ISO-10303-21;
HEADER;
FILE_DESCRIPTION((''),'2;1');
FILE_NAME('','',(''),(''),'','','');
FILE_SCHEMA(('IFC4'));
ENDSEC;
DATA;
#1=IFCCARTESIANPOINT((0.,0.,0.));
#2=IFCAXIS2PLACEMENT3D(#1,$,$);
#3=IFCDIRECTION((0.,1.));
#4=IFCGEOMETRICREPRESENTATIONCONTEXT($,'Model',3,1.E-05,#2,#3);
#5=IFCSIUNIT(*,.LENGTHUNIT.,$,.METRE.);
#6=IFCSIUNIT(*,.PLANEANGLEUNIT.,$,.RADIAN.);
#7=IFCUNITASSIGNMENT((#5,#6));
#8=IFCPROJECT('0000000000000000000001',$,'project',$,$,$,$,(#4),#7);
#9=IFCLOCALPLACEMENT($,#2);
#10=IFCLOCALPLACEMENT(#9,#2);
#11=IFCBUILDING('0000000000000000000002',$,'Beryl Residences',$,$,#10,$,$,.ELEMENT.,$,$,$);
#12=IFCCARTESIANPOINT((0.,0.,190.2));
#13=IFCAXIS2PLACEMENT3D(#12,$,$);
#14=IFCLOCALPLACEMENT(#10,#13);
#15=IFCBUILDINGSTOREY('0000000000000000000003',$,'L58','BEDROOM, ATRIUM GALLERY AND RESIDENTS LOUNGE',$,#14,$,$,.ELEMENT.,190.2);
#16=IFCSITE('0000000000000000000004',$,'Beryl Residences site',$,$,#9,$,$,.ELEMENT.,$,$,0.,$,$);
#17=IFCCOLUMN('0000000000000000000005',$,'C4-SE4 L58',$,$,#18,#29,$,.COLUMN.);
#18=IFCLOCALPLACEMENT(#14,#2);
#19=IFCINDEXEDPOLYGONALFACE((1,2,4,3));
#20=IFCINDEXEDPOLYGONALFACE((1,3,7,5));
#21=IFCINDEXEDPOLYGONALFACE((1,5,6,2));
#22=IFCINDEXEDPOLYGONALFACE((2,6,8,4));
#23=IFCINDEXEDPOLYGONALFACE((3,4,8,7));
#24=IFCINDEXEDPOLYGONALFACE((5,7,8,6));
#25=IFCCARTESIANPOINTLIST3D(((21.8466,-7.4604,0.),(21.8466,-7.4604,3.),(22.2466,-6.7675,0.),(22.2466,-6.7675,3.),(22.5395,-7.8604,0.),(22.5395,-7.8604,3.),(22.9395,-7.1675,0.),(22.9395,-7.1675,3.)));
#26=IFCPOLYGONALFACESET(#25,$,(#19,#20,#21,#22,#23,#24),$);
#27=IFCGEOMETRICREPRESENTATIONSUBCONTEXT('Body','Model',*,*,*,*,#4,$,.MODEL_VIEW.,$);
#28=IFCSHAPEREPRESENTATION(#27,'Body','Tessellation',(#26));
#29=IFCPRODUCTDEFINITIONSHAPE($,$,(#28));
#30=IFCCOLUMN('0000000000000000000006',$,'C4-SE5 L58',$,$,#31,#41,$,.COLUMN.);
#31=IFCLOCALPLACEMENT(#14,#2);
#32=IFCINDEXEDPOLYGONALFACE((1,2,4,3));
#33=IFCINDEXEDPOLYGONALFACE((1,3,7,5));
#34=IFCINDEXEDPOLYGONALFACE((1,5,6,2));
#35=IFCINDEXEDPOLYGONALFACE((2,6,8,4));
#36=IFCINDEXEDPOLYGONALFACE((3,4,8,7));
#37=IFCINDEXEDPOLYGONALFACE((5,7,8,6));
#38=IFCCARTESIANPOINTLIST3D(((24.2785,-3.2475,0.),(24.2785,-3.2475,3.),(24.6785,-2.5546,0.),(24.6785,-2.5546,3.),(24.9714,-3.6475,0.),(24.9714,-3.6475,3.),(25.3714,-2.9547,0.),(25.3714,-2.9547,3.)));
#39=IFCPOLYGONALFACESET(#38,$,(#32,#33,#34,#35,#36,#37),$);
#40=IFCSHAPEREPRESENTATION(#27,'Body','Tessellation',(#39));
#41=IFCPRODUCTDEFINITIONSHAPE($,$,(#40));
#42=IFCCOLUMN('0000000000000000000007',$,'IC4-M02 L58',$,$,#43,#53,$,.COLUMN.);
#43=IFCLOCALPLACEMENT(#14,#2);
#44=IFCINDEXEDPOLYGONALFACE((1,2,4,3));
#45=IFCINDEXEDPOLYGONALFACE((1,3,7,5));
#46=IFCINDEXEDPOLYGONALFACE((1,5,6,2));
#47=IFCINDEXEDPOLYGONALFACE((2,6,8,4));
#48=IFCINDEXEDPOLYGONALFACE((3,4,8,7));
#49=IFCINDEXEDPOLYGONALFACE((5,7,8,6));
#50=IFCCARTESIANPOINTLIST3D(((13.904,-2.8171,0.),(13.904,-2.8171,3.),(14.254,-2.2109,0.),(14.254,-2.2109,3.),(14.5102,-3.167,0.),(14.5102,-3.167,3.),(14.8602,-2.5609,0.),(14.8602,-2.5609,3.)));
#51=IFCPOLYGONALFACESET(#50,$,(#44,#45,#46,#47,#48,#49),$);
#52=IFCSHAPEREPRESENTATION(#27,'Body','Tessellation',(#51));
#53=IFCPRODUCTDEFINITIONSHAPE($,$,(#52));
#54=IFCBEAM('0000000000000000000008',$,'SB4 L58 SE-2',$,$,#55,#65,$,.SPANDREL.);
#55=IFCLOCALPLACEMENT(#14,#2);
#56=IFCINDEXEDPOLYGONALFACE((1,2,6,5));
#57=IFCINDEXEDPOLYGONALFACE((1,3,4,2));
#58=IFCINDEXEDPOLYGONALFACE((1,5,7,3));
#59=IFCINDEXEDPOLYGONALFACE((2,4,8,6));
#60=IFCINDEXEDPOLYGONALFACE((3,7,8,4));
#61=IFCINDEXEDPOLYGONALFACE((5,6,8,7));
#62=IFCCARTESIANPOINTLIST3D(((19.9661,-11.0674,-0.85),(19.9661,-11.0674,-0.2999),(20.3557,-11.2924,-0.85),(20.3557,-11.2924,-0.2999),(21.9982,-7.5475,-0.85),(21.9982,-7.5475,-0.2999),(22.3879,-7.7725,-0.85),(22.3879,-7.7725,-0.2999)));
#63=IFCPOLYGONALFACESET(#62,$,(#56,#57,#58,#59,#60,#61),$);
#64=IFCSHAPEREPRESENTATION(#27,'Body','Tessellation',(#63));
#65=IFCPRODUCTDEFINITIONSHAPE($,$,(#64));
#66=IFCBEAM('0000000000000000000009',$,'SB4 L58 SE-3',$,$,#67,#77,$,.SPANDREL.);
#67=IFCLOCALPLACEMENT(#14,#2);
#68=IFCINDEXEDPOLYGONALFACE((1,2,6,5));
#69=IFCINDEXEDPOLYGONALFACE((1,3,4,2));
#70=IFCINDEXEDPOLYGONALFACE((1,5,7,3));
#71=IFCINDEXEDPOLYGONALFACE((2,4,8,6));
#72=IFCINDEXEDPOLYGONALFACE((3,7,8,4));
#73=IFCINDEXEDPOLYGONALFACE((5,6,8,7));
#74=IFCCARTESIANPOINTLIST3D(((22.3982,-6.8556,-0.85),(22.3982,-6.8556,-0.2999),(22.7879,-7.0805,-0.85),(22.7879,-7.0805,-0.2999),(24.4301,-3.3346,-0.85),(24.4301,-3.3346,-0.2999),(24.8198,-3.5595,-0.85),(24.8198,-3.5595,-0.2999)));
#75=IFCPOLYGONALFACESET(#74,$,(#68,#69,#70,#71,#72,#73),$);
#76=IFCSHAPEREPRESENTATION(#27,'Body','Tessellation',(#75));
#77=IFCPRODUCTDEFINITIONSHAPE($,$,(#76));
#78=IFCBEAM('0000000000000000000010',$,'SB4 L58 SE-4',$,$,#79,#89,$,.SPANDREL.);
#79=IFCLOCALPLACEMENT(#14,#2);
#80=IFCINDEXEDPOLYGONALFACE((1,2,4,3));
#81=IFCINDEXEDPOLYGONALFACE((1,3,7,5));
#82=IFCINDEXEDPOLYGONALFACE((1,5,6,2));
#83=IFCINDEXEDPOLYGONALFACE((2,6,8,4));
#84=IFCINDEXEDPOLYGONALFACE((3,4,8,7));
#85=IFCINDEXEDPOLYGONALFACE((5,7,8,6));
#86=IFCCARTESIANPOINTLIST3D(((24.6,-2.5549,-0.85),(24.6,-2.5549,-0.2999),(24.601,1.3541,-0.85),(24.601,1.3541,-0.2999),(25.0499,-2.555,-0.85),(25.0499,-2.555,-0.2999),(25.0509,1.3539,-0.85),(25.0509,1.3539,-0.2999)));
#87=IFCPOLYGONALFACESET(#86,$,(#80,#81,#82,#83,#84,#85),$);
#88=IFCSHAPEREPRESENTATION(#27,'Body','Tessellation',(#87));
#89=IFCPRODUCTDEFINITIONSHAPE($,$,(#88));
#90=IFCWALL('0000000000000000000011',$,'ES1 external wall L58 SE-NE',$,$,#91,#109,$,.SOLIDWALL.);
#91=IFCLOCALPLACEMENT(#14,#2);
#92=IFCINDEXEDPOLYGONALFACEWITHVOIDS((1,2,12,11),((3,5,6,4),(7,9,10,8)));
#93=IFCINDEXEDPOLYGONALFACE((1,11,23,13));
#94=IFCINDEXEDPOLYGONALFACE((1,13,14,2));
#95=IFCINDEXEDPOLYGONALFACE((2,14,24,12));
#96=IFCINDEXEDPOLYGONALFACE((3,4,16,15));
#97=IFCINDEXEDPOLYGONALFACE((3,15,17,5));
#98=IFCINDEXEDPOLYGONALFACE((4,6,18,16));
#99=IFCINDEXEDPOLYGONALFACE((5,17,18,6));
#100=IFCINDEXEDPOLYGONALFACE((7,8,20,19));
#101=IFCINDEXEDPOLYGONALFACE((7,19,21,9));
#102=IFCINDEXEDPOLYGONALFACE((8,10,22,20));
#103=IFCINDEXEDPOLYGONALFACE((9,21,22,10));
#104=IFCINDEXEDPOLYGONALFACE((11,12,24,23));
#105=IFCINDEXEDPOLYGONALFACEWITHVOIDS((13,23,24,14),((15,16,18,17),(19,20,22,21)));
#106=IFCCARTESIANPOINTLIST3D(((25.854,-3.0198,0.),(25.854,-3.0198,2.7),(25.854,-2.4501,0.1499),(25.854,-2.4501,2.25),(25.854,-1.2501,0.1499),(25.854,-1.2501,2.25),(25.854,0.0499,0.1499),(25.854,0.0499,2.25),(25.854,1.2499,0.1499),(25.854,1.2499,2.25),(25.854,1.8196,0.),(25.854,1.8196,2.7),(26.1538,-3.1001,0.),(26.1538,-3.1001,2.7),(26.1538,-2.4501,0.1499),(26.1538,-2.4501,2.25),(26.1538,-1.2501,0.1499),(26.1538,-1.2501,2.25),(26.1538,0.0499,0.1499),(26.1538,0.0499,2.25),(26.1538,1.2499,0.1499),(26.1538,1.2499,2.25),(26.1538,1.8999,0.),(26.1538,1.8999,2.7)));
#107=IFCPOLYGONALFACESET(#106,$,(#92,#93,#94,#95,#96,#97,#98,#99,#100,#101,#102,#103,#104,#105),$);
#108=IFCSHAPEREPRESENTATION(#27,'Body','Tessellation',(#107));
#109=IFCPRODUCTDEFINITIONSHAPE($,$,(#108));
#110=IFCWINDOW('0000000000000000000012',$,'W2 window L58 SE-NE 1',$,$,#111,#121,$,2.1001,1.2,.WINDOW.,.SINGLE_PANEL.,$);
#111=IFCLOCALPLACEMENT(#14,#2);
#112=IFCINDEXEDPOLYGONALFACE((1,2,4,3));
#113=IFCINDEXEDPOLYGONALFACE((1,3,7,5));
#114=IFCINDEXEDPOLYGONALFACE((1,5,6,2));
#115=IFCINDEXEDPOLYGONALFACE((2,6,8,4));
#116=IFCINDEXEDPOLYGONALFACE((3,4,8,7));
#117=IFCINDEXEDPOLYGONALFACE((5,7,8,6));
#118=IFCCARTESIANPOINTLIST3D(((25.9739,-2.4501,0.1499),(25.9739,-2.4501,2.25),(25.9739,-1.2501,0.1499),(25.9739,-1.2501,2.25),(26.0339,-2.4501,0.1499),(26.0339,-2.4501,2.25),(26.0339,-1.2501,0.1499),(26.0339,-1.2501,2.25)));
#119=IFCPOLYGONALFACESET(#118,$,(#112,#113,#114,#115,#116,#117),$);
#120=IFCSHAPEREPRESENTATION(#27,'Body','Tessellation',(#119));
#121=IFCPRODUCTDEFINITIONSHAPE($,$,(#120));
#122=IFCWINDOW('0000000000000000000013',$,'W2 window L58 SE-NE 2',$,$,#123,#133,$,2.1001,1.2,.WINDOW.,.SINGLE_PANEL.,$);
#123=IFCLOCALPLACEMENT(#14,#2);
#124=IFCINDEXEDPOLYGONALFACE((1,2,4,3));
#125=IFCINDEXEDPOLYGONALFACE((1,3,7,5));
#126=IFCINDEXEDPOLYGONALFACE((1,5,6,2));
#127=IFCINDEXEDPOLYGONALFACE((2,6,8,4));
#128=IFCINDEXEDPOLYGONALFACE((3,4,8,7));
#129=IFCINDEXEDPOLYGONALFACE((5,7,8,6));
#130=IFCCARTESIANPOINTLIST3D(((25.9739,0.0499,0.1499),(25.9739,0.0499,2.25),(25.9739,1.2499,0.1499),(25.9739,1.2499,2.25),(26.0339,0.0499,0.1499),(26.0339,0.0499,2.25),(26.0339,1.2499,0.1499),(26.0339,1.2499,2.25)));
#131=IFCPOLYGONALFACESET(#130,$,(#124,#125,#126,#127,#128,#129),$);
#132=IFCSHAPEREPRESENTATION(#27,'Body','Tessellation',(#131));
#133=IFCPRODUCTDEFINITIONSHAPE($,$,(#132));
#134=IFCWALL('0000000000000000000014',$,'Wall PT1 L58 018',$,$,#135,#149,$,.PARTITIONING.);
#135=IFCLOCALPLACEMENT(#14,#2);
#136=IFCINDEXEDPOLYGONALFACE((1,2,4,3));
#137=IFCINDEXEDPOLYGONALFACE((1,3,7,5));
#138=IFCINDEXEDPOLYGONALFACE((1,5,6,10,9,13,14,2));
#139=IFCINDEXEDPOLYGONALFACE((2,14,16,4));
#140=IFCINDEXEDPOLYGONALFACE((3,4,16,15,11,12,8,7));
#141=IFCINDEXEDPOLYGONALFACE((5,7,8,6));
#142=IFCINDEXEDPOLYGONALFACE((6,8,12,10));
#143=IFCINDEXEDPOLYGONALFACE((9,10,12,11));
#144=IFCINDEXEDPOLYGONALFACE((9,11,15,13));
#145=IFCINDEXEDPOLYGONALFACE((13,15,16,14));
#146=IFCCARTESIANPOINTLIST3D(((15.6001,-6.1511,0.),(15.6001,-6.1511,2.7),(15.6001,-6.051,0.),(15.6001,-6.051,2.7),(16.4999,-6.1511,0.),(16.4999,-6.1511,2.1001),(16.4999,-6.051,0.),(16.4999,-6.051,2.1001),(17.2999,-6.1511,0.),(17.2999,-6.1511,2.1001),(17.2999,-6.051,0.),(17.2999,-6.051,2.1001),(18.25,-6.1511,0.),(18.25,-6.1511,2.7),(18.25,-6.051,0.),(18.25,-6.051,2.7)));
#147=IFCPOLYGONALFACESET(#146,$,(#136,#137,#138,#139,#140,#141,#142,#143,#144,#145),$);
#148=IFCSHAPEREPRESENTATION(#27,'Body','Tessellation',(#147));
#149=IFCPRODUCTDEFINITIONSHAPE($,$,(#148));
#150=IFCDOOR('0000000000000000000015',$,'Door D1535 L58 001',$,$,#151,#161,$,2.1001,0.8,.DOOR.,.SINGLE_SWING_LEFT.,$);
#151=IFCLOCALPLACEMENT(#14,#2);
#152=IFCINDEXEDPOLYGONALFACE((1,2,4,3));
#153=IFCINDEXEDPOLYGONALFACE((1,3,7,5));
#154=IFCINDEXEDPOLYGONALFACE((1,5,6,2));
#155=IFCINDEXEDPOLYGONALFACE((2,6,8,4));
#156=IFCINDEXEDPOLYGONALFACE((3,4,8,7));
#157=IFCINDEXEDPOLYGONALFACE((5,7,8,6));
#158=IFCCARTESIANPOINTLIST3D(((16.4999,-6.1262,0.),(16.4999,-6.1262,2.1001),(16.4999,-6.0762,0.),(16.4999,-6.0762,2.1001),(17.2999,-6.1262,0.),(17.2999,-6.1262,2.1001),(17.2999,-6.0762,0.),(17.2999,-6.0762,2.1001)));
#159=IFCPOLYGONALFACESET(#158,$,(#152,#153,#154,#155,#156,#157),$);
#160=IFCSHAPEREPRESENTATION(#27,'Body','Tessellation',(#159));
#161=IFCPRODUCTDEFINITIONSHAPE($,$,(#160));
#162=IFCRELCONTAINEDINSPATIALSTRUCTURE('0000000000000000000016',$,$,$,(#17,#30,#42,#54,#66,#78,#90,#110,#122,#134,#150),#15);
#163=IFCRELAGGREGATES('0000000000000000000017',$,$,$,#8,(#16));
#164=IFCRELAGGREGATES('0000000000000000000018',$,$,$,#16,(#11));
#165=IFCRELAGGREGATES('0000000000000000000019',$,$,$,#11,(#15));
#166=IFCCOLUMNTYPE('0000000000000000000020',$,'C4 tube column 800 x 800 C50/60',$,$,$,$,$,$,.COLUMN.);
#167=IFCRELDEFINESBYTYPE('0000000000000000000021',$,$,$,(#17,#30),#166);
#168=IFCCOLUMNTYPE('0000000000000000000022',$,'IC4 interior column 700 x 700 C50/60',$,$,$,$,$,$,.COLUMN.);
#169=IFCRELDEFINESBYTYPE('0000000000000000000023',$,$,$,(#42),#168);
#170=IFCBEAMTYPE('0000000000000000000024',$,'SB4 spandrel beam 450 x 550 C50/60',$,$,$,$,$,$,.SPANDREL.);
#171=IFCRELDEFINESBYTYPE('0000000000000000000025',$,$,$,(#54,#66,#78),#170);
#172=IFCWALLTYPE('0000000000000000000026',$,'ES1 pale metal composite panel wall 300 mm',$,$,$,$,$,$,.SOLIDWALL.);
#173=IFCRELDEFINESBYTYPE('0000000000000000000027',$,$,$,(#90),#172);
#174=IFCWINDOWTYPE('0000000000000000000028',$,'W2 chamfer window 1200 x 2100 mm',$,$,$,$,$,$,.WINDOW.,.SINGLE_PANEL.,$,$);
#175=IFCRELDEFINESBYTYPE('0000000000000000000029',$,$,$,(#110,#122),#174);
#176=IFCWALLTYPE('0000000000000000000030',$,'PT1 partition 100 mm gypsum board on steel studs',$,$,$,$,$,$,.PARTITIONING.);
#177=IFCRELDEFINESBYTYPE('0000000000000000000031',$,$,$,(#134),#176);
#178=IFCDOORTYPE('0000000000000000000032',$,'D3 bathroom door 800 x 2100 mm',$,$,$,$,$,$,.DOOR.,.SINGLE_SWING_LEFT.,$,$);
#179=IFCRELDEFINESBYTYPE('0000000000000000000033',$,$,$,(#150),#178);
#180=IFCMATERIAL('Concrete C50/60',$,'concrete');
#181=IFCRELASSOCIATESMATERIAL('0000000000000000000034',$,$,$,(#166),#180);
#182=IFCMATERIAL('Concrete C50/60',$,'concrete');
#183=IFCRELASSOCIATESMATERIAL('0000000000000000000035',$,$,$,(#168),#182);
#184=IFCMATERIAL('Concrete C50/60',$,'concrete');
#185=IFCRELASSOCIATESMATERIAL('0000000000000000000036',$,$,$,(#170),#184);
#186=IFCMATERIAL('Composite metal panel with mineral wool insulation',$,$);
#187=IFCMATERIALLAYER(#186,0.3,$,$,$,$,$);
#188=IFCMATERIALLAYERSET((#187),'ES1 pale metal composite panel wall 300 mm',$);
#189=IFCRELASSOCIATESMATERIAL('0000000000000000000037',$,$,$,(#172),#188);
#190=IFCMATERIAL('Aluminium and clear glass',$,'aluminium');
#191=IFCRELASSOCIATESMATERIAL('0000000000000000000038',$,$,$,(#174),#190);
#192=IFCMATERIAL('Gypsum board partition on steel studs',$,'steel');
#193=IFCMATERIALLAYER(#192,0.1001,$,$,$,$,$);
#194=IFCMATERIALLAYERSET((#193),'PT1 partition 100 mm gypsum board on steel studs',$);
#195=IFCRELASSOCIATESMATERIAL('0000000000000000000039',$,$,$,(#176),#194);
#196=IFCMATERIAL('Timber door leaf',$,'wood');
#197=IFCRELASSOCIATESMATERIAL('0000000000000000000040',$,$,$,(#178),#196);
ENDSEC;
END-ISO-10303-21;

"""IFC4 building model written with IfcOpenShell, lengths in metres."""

from ifc_helpers import new_model, si_unit, direction, frame, frame_2d, origin, origin_2d, place, context, subcontext, project, spatial, polyline, rectangle, outline, extrude, material, layer, layer_set, material_profile, profile_set, type_object, element, fill, save


model = new_model("IFC4")

# Units and contexts
model_context = context("Model", 3, precision=1e-05, world=origin(), true_north=direction((0.0, 1.0)))
body_context = subcontext(model_context, "Body", "Model", "MODEL_VIEW")
ifc_project = project(units=[si_unit("LENGTHUNIT", "METRE"), si_unit("PLANEANGLEUNIT", "RADIAN")], contexts=[model_context])

# Site, building, storey
site_placement = place(None, origin())
site = spatial("IfcSite", under=ifc_project, at=site_placement, Name="Beryl Residences site", CompositionType="ELEMENT", RefElevation=0.0)
building_placement = place(site_placement, origin())
building = spatial("IfcBuilding", under=site, at=building_placement, Name="Beryl Residences", CompositionType="ELEMENT")
storey_placement = place(building_placement, frame((0.0, 0.0, 190.2)))
storey = spatial("IfcBuildingStorey", under=building, at=storey_placement, Name="L58", Description="BEDROOM, ATRIUM GALLERY AND RESIDENTS LOUNGE", CompositionType="ELEMENT", Elevation=190.2)

# Columns
ifc_material_1 = material(Name="Concrete C50/60", Category="concrete")
ifc_material_profile_1 = material_profile(ifc_material_1, rectangle(XDim=0.8, YDim=0.8, at=origin_2d()))
ifc_profile_set_1 = profile_set([ifc_material_profile_1], Name="Concrete C50/60")
column_type_1 = type_object("IfcColumnType", Name="C4 tube column 800 x 800 C50/60", PredefinedType="COLUMN", material=ifc_profile_set_1)
for number, where, z_axis, x_axis, name in (
    (1, (22.3931, -7.314, 0.0), (0.0, 0.0, 1.0), (0.5, 0.866025, 0.0), "C4-SE4 L58"),
    (2, (24.825, -3.1011, 0.0), (0.0, 0.0, 1.0), (0.5, 0.866025, 0.0), "C4-SE5 L58"),
):
    element("IfcColumn", number, at=place(storey_placement, frame(where, z_axis=z_axis, x_axis=x_axis)), inside=storey, type_object=column_type_1, Name=name, PredefinedType="COLUMN", context=body_context, shape_type="SweptSolid", body=[
        extrude(rectangle(XDim=0.8, YDim=0.8, at=origin_2d()), origin(), (0.0, 0.0, 1.0), 3.0),
    ])
ifc_material_2 = material(Name="Concrete C50/60", Category="concrete")
ifc_material_profile_2 = material_profile(ifc_material_2, rectangle(XDim=0.7, YDim=0.7, at=origin_2d()))
ifc_profile_set_2 = profile_set([ifc_material_profile_2], Name="Concrete C50/60")
column_type_2 = type_object("IfcColumnType", Name="IC4 interior column 700 x 700 C50/60", PredefinedType="COLUMN", material=ifc_profile_set_2)
column_placement = place(storey_placement, frame((14.3821, -2.689, 0.0), z_axis=(0.0, 0.0, 1.0), x_axis=(0.5, 0.866025, 0.0)))
element("IfcColumn", 3, at=column_placement, inside=storey, type_object=column_type_2, Name="IC4-M02 L58", PredefinedType="COLUMN", context=body_context, shape_type="SweptSolid", body=[
    extrude(rectangle(XDim=0.7, YDim=0.7, at=origin_2d()), origin(), (0.0, 0.0, 1.0), 3.0),
])

# Beams
ifc_material_3 = material(Name="Concrete C50/60", Category="concrete")
ifc_material_profile_3 = material_profile(ifc_material_3, rectangle(XDim=0.45, YDim=0.55, at=origin_2d()))
ifc_profile_set_3 = profile_set([ifc_material_profile_3], Name="Concrete C50/60")
beam_type = type_object("IfcBeamType", Name="SB4 spandrel beam 450 x 550 C50/60", PredefinedType="SPANDREL", material=ifc_profile_set_3)
beam_1_placement = place(storey_placement, frame((20.1609, -11.1799, -0.575), z_axis=(0.499989, 0.866032, 0.0), x_axis=(-0.866032, 0.499989, 0.0)))
element("IfcBeam", 4, at=beam_1_placement, inside=storey, type_object=beam_type, Name="SB4 L58 SE-2", PredefinedType="SPANDREL", context=body_context, shape_type="SweptSolid", body=[
    extrude(rectangle(XDim=0.45, YDim=0.55, at=origin_2d()), origin(), (0.0, 0.0, 1.0), 4.0645),
])
beam_2_placement = place(storey_placement, frame((22.593, -6.968, -0.575), z_axis=(0.49984, 0.866118, 0.0), x_axis=(-0.866118, 0.49984, 0.0)))
element("IfcBeam", 5, at=beam_2_placement, inside=storey, type_object=beam_type, Name="SB4 L58 SE-3", PredefinedType="SPANDREL", context=body_context, shape_type="SweptSolid", body=[
    extrude(rectangle(XDim=0.45, YDim=0.55, at=origin_2d()), origin(), (0.0, 0.0, 1.0), 4.0652),
])
beam_3_placement = place(storey_placement, frame((24.825, -2.5549, -0.575), z_axis=(0.00025, 1.0, 0.0), x_axis=(-1.0, 0.00025, 0.0)))
element("IfcBeam", 6, at=beam_3_placement, inside=storey, type_object=beam_type, Name="SB4 L58 SE-4", PredefinedType="SPANDREL", context=body_context, shape_type="SweptSolid", body=[
    extrude(rectangle(XDim=0.45, YDim=0.55, at=origin_2d()), origin(), (0.0, 0.0, 1.0), 3.9089),
])

# Wall, openings, windows
ifc_material_4 = material(Name="Composite metal panel with mineral wool insulation")
ifc_layer_1 = layer(ifc_material_4, 0.3)
ifc_layer_set_1 = layer_set([ifc_layer_1], Name="ES1 pale metal composite panel wall 300 mm")
wall_type_1 = type_object("IfcWallType", Name="ES1 pale metal composite panel wall 300 mm", PredefinedType="SOLIDWALL", material=ifc_layer_set_1)
wall_1_placement = place(storey_placement, frame((26.0039, -3.1001, 0.0), z_axis=(0.0, 0.0, 1.0), x_axis=(0.0, 1.0, 0.0)))
wall_1 = element("IfcWall", 7, at=wall_1_placement, inside=storey, type_object=wall_type_1, Name="ES1 external wall L58 SE-NE", PredefinedType="SOLIDWALL", context=body_context, shape_type="SweptSolid", body=[
    extrude(outline(polyline([(0.0, -0.1499), (5.0, -0.1499), (4.9197, 0.1499), (0.0803, 0.1499), (0.0, -0.1499)])), origin(), (0.0, 0.0, 1.0), 2.7),
])
opening_1_placement = place(wall_1_placement, frame((0.6499, 0.0, 0.1499)))
opening_1 = element("IfcOpeningElement", 8, at=opening_1_placement, cuts=wall_1, PredefinedType="OPENING", context=body_context, shape_type="SweptSolid", body=[
    extrude(rectangle(XDim=1.2, YDim=2.1001, at=frame_2d((0.6001, 1.05))), frame((0.0, 0.1599, 0.0), z_axis=(0.0, -1.0, 0.0), x_axis=(1.0, 0.0, 0.0)), (0.0, 0.0, 1.0), 0.3201),
])
opening_2_placement = place(wall_1_placement, frame((3.1499, 0.0, 0.1499)))
opening_2 = element("IfcOpeningElement", 9, at=opening_2_placement, cuts=wall_1, PredefinedType="OPENING", context=body_context, shape_type="SweptSolid", body=[
    extrude(rectangle(XDim=1.2, YDim=2.1001, at=frame_2d((0.6001, 1.05))), frame((0.0, 0.1599, 0.0), z_axis=(0.0, -1.0, 0.0), x_axis=(1.0, 0.0, 0.0)), (0.0, 0.0, 1.0), 0.3201),
])
ifc_material_5 = material(Name="Aluminium and clear glass", Category="aluminium")
window_type = type_object("IfcWindowType", Name="W2 chamfer window 1200 x 2100 mm", PartitioningType="SINGLE_PANEL", PredefinedType="WINDOW", material=ifc_material_5)
window_1_placement = place(opening_1_placement, origin())
window_1 = element("IfcWindow", 10, at=window_1_placement, inside=storey, type_object=window_type, Name="W2 window L58 SE-NE 1", OverallHeight=2.1001, OverallWidth=1.2, PartitioningType="SINGLE_PANEL", PredefinedType="WINDOW", context=body_context, shape_type="SweptSolid", body=[
    extrude(rectangle(XDim=1.2, YDim=2.1001, at=frame_2d((0.6001, 1.05))), frame((0.0, 0.03, 0.0), z_axis=(0.0, -1.0, 0.0), x_axis=(1.0, 0.0, 0.0)), (0.0, 0.0, 1.0), 0.0601),
])
fill(opening_1, window_1)
window_2_placement = place(opening_2_placement, origin())
window_2 = element("IfcWindow", 11, at=window_2_placement, inside=storey, type_object=window_type, Name="W2 window L58 SE-NE 2", OverallHeight=2.1001, OverallWidth=1.2, PartitioningType="SINGLE_PANEL", PredefinedType="WINDOW", context=body_context, shape_type="SweptSolid", body=[
    extrude(rectangle(XDim=1.2, YDim=2.1001, at=frame_2d((0.6001, 1.05))), frame((0.0, 0.03, 0.0), z_axis=(0.0, -1.0, 0.0), x_axis=(1.0, 0.0, 0.0)), (0.0, 0.0, 1.0), 0.0601),
])
fill(opening_2, window_2)

# Wall, opening, door
ifc_material_6 = material(Name="Gypsum board partition on steel studs", Category="steel")
ifc_layer_2 = layer(ifc_material_6, 0.1001)
ifc_layer_set_2 = layer_set([ifc_layer_2], Name="PT1 partition 100 mm gypsum board on steel studs")
wall_type_2 = type_object("IfcWallType", Name="PT1 partition 100 mm gypsum board on steel studs", PredefinedType="PARTITIONING", material=ifc_layer_set_2)
wall_2_placement = place(storey_placement, frame((15.6001, -6.1011, 0.0), z_axis=(0.0, 0.0, 1.0), x_axis=(1.0, 0.0, 0.0)))
wall_2 = element("IfcWall", 12, at=wall_2_placement, inside=storey, type_object=wall_type_2, Name="Wall PT1 L58 018", PredefinedType="PARTITIONING", context=body_context, shape_type="SweptSolid", body=[
    extrude(rectangle(XDim=2.6499, YDim=0.1001, at=frame_2d((1.325, 0.0))), origin(), (0.0, 0.0, 1.0), 2.7),
])
opening_3_placement = place(wall_2_placement, frame((0.8999, 0.0, 0.0)))
opening_3 = element("IfcOpeningElement", 13, at=opening_3_placement, cuts=wall_2, PredefinedType="OPENING", context=body_context, shape_type="SweptSolid", body=[
    extrude(rectangle(XDim=0.8, YDim=2.1001, at=frame_2d((0.3999, 1.05))), frame((0.0, 0.0601, 0.0), z_axis=(0.0, -1.0, 0.0), x_axis=(1.0, 0.0, 0.0)), (0.0, 0.0, 1.0), 0.1201),
])
ifc_material_7 = material(Name="Timber door leaf", Category="wood")
door_type_1 = type_object("IfcDoorType", Name="D3 bathroom door 800 x 2100 mm", OperationType="SINGLE_SWING_LEFT", PredefinedType="DOOR", material=ifc_material_7)
door_1_placement = place(opening_3_placement, origin())
door_1 = element("IfcDoor", 14, at=door_1_placement, inside=storey, type_object=door_type_1, Name="Door D1535 L58 001", OperationType="SINGLE_SWING_LEFT", OverallHeight=2.1001, OverallWidth=0.8, PredefinedType="DOOR", context=body_context, shape_type="SweptSolid", body=[
    extrude(rectangle(XDim=0.8, YDim=2.1001, at=frame_2d((0.3999, 1.05))), frame((0.0, 0.0249, 0.0), z_axis=(0.0, -1.0, 0.0), x_axis=(1.0, 0.0, 0.0)), (0.0, 0.0, 1.0), 0.05),
])
fill(opening_3, door_1)

save(model, "model.ifc")
